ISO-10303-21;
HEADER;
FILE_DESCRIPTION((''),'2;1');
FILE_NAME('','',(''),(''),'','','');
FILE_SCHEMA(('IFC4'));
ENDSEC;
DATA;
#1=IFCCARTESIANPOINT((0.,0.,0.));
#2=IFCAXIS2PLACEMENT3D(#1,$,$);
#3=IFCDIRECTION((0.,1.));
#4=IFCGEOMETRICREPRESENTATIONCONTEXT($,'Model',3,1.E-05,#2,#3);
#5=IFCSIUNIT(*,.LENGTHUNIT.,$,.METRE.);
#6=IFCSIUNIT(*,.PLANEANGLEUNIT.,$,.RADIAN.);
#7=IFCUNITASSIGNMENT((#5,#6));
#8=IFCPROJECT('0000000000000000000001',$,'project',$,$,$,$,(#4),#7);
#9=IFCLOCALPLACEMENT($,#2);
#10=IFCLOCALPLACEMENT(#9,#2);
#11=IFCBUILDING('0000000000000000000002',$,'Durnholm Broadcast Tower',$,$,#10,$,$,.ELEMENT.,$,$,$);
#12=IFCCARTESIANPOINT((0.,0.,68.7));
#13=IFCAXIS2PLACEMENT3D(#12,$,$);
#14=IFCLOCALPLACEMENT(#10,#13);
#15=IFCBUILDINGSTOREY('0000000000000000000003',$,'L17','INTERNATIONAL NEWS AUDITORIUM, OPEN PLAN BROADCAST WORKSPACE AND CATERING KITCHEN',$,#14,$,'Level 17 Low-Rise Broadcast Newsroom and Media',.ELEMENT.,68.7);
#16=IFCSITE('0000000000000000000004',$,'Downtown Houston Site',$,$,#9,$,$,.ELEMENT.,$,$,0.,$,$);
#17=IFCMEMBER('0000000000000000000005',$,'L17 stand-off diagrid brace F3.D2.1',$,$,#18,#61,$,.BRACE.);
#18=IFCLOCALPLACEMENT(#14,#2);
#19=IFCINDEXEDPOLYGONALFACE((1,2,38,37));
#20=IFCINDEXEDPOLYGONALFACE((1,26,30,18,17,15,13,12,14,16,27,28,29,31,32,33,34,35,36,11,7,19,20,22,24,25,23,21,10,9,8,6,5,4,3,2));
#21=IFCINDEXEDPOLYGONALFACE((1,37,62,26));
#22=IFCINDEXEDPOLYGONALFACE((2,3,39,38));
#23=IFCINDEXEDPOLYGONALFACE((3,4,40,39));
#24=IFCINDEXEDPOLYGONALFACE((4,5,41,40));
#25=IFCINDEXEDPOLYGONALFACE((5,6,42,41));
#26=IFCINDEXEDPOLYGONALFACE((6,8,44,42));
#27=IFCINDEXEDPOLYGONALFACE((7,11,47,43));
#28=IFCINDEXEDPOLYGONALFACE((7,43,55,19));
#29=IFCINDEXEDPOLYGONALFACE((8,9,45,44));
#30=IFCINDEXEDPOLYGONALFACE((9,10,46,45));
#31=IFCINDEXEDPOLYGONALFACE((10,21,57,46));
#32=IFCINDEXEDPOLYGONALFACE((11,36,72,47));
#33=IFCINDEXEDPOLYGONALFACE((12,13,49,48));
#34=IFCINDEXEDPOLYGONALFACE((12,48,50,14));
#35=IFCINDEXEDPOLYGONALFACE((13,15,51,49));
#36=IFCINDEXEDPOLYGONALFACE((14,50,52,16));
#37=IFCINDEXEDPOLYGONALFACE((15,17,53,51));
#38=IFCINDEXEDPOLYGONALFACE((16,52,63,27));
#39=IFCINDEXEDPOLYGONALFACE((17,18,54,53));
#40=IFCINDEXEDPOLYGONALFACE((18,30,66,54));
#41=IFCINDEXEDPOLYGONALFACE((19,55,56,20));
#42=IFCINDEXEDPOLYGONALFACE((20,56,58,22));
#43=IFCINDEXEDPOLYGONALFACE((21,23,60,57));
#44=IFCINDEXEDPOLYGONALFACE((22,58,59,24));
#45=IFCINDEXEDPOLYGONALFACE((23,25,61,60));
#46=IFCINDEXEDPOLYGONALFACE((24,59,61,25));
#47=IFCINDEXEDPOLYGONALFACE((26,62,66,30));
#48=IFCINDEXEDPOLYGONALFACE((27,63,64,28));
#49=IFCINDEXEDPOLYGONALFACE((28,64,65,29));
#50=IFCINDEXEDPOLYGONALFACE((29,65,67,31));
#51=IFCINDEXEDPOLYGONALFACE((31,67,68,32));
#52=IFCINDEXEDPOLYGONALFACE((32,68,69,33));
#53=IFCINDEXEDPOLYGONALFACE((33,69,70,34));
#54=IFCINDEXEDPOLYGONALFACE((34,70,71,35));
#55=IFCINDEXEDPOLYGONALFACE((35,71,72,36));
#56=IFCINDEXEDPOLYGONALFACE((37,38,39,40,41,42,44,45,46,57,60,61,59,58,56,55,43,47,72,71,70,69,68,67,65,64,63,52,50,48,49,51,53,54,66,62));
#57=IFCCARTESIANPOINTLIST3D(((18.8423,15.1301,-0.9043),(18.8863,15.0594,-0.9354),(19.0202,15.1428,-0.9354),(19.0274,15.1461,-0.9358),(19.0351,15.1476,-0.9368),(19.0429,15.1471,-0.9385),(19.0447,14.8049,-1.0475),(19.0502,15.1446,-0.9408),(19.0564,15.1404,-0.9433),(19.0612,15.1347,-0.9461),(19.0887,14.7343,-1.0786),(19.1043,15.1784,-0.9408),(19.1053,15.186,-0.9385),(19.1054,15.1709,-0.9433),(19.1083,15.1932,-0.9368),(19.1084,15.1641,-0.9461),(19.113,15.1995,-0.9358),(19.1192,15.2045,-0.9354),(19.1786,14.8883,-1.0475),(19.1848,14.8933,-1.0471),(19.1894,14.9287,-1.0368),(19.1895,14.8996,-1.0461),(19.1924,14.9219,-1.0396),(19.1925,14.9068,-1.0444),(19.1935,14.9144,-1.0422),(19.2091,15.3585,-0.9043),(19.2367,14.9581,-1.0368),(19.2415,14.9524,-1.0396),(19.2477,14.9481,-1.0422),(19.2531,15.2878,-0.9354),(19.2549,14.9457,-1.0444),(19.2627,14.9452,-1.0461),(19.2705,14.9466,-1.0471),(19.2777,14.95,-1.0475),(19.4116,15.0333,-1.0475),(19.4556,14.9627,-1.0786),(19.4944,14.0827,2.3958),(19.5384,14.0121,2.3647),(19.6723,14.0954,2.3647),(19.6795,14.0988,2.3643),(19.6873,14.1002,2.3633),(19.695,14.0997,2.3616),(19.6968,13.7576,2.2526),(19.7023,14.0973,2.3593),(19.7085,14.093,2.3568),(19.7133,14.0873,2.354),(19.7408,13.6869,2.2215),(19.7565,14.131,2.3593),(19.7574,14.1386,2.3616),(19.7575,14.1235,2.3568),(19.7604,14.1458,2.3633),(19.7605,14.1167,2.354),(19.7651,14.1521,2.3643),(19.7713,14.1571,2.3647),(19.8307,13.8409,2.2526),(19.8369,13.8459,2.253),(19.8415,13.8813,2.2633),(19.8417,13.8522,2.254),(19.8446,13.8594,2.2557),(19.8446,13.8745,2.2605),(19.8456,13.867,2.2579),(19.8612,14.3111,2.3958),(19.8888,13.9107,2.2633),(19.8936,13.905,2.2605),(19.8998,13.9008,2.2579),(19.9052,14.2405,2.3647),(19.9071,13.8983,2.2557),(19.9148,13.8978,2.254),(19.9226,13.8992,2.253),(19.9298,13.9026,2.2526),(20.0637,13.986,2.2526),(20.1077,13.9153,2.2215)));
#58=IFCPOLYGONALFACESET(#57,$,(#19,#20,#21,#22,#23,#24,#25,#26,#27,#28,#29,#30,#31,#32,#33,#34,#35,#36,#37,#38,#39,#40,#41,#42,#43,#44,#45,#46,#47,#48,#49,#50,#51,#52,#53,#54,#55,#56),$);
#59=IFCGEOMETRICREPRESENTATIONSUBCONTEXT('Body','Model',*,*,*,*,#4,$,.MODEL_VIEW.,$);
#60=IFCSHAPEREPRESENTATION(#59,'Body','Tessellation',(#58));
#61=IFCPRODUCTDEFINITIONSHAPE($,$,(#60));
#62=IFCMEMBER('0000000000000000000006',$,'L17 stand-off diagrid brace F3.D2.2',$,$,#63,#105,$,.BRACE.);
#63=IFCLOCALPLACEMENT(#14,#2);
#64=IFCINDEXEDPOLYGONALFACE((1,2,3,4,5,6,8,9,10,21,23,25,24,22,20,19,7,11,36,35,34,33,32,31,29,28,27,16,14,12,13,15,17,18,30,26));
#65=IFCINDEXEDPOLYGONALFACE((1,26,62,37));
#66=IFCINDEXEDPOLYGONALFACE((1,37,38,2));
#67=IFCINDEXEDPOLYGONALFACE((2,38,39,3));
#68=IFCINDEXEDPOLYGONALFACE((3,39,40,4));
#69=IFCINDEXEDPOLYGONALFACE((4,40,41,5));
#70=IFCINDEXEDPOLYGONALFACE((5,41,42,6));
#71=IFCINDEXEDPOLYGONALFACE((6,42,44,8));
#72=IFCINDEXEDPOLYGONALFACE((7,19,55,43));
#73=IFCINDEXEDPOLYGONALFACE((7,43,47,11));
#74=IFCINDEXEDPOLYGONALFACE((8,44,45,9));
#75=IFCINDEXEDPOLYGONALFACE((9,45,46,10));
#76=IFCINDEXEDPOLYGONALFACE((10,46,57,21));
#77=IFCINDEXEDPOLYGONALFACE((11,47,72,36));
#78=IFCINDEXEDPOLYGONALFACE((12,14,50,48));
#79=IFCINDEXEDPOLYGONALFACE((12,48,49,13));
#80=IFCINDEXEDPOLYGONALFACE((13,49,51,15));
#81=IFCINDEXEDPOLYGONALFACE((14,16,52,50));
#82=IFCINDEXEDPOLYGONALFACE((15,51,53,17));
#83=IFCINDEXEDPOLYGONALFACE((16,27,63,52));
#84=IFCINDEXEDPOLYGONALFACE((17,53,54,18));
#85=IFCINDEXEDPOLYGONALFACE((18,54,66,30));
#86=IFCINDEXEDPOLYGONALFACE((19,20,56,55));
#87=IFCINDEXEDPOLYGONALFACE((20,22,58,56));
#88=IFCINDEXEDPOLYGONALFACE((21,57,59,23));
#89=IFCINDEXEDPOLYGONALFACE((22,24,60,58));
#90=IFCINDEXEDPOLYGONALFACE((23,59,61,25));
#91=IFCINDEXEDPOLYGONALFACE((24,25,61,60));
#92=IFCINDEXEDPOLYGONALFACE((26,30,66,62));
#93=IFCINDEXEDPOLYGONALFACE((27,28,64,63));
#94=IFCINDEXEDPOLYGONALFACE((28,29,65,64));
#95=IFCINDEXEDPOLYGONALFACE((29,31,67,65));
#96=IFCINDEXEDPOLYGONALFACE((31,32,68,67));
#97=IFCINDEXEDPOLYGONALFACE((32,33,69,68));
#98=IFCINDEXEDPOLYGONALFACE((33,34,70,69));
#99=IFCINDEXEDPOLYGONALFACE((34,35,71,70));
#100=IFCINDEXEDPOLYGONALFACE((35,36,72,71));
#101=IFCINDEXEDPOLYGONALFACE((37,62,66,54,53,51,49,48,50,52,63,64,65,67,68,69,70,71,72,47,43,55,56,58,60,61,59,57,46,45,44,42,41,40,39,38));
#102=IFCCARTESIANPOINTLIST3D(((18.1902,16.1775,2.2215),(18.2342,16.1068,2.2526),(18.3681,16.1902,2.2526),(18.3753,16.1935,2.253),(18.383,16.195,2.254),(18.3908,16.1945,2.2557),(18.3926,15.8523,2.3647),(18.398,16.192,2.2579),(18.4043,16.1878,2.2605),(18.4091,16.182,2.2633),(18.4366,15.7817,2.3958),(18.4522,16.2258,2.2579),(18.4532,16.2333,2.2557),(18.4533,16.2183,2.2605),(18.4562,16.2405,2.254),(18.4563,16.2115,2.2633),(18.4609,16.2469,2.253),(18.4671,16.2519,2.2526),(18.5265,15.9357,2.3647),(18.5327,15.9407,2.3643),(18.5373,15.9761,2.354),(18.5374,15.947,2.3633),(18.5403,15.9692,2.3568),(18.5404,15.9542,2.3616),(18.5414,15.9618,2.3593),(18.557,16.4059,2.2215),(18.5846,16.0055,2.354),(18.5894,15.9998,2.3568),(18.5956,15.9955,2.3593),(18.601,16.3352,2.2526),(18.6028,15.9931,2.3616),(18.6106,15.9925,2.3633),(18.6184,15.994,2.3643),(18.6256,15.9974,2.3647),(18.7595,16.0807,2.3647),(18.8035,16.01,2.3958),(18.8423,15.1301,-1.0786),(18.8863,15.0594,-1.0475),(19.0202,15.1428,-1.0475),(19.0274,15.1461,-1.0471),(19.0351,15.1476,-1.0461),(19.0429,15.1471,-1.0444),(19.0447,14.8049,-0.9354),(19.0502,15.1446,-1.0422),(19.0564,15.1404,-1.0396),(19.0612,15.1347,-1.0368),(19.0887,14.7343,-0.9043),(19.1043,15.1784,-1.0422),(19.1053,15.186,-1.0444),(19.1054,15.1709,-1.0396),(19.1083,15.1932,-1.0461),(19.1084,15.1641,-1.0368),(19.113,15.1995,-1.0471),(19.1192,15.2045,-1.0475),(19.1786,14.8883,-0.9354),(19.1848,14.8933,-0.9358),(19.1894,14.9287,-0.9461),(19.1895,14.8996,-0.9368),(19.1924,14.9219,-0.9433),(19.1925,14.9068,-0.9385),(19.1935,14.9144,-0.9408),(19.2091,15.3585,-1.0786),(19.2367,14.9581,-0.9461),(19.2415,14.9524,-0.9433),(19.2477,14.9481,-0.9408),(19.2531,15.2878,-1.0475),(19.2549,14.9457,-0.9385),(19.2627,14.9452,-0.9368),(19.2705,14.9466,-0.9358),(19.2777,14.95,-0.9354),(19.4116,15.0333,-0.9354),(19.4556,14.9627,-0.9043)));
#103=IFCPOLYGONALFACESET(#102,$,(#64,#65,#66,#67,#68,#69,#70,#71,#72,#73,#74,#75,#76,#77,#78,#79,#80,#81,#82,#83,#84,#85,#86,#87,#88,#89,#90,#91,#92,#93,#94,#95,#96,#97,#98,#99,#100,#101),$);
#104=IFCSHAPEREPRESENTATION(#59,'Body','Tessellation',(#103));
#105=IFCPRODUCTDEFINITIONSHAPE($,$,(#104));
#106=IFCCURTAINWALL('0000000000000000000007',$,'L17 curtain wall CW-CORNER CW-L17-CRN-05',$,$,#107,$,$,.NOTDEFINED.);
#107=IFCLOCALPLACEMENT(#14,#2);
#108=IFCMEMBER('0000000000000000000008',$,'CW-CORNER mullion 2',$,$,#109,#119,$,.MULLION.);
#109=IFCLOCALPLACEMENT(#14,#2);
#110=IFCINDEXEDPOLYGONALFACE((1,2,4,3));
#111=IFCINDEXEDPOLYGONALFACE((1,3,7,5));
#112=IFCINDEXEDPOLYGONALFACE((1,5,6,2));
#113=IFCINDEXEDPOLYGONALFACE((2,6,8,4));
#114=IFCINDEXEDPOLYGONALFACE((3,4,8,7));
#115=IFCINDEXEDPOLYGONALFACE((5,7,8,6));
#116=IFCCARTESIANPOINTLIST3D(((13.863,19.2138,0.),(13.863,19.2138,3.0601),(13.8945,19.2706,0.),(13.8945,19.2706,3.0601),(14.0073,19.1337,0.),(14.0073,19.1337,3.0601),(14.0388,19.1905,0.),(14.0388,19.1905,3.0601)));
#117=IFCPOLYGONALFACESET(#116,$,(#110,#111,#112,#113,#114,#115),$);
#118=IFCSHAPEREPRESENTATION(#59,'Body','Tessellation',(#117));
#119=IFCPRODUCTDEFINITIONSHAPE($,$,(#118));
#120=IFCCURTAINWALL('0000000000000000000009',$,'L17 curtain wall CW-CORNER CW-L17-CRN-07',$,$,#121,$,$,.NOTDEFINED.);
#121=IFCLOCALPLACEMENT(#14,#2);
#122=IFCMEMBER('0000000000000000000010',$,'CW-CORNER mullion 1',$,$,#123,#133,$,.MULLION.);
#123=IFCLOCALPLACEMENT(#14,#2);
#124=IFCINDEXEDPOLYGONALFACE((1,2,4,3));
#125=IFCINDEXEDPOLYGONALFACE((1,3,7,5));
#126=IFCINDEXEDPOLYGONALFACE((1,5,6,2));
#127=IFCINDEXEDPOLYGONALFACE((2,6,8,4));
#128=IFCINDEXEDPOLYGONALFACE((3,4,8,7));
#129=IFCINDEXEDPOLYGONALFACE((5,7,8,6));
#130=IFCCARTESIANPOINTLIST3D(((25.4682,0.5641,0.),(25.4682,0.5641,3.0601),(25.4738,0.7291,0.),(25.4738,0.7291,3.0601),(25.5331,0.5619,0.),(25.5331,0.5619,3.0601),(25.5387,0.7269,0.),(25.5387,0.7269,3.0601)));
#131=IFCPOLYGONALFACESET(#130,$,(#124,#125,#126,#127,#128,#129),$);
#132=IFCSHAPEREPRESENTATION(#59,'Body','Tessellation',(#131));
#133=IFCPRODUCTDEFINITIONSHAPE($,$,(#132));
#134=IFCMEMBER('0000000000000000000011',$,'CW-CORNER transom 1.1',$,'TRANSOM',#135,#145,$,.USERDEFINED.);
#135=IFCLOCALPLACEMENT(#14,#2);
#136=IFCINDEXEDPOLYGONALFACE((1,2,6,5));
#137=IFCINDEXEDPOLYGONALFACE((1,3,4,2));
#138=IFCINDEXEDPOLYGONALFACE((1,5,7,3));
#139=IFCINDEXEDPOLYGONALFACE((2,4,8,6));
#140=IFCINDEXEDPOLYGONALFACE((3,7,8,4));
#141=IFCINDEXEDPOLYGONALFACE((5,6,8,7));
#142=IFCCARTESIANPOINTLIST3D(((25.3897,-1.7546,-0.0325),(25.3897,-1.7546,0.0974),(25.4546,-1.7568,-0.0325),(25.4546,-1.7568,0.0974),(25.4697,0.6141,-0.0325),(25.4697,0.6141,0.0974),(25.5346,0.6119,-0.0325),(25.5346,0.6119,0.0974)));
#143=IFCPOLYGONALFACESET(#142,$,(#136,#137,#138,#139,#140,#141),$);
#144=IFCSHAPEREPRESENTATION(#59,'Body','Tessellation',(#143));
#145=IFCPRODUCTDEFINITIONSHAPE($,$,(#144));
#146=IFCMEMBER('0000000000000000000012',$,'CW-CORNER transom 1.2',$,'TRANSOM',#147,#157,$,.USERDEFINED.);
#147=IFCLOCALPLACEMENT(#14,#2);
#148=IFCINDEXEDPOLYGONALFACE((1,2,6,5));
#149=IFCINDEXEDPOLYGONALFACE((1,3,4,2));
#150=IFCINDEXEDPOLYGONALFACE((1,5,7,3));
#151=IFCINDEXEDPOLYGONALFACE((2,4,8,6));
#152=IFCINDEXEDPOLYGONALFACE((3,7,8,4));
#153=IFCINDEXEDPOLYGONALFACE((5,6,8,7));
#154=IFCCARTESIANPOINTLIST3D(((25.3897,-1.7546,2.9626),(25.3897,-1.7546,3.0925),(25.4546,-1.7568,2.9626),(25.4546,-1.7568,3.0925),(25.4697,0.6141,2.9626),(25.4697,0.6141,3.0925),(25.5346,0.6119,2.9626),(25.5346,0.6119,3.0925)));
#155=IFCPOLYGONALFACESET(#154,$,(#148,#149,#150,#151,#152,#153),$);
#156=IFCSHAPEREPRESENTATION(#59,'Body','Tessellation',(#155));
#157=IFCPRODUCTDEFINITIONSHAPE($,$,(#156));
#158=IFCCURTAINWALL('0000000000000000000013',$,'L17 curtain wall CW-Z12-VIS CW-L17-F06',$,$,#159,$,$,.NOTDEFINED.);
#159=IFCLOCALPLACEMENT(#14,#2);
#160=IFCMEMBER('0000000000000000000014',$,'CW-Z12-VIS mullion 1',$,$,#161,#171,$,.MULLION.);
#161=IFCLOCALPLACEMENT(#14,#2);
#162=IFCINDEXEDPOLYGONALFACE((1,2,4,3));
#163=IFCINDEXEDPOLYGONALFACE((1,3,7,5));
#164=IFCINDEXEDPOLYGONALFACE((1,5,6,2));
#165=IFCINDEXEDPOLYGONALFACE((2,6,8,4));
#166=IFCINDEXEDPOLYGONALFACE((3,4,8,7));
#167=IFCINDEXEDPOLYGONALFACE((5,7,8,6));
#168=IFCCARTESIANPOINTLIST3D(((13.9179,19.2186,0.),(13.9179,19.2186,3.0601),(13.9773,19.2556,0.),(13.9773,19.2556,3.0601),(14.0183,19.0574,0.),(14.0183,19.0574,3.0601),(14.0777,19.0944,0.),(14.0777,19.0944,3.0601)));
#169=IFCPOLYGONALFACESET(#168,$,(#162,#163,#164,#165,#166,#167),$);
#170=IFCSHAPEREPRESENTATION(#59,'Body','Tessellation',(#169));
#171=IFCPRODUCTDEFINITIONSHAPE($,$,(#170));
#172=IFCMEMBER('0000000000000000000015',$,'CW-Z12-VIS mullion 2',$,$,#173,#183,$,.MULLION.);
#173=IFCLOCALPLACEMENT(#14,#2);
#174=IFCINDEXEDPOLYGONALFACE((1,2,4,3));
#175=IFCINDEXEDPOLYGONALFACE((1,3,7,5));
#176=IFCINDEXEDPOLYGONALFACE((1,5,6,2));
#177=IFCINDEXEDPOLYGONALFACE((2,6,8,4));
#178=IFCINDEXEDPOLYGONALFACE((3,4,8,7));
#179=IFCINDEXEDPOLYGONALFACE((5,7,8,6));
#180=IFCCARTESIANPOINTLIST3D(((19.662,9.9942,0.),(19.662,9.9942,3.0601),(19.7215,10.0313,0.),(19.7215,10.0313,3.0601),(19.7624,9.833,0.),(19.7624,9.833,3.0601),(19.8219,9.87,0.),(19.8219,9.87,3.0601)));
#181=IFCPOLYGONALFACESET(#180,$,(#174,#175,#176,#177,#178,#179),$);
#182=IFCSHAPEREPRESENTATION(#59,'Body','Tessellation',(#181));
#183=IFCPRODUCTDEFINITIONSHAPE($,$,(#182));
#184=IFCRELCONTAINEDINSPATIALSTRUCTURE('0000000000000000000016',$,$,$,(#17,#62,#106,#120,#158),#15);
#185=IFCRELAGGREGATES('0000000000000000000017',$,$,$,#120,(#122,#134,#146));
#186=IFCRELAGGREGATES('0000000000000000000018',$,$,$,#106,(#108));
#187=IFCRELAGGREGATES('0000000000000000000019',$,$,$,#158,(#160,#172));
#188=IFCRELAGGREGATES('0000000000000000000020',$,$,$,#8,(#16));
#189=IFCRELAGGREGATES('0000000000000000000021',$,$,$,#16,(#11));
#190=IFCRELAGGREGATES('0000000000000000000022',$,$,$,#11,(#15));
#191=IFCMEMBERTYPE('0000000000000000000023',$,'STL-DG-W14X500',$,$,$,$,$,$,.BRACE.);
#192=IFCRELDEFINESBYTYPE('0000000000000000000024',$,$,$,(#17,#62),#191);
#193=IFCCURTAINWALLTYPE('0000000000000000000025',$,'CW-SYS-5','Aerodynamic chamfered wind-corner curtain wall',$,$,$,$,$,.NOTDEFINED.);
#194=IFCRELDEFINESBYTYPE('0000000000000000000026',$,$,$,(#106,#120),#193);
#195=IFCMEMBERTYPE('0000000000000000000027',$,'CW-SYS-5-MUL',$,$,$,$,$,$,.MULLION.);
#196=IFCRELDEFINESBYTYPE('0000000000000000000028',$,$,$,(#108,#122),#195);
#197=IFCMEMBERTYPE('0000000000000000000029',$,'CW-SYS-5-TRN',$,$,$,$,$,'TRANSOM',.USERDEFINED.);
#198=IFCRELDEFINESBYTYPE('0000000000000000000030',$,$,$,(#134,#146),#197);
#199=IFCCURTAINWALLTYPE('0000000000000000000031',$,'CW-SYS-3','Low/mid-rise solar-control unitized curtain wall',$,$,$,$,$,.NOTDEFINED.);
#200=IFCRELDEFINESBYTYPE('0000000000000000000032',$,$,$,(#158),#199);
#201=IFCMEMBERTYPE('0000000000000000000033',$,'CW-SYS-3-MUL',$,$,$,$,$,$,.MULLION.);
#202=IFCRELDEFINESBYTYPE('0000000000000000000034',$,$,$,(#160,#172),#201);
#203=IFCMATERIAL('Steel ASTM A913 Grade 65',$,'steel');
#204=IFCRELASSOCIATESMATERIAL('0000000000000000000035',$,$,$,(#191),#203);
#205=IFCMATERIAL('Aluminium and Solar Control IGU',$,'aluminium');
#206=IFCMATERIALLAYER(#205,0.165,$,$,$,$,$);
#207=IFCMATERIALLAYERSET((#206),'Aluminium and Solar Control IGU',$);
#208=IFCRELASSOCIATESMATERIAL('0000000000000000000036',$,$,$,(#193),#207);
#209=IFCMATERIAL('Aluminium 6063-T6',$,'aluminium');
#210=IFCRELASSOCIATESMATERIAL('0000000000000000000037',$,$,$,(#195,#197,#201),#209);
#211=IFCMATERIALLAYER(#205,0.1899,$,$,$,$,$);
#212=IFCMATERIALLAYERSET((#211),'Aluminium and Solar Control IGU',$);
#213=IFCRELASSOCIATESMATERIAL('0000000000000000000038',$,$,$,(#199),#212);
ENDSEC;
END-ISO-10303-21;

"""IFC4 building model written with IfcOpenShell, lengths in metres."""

from ifc_helpers import new_model, si_unit, direction, frame, origin, origin_2d, place, context, subcontext, project, spatial, rectangle, i_section, extrude, source, transform, mapped, material, layer, layer_set, material_profile, profile_set, type_object, type_shapes, element, aggregate, save


model = new_model("IFC4")

# Units and contexts
model_context = context("Model", 3, precision=1e-05, world=origin(), true_north=direction((0.0, 1.0)))
body_context = subcontext(model_context, "Body", "Model", "MODEL_VIEW")
ifc_project = project(units=[si_unit("LENGTHUNIT", "METRE"), si_unit("PLANEANGLEUNIT", "RADIAN")], contexts=[model_context])

# Site, building, storey
site_placement = place(None, origin())
site = spatial("IfcSite", under=ifc_project, at=site_placement, Name="Downtown Houston Site", CompositionType="ELEMENT", RefElevation=0.0)
building_placement = place(site_placement, origin())
building = spatial("IfcBuilding", under=site, at=building_placement, Name="Durnholm Broadcast Tower", CompositionType="ELEMENT")
storey_placement = place(building_placement, frame((0.0, 0.0, 68.7)))
storey = spatial("IfcBuildingStorey", under=building, at=storey_placement, Name="L17", Description="INTERNATIONAL NEWS AUDITORIUM, OPEN PLAN BROADCAST WORKSPACE AND CATERING KITCHEN", LongName="Level 17 Low-Rise Broadcast Newsroom and Media", CompositionType="ELEMENT", Elevation=68.7)

# Members
ifc_material_1 = material(Name="Steel ASTM A913 Grade 65", Category="steel")
ifc_material_profile_1 = material_profile(ifc_material_1, i_section(OverallWidth=0.4321, OverallDepth=0.4978, WebThickness=0.0557, FlangeThickness=0.0889, FilletRadius=0.0305, at=origin_2d()), Name="W14X500")
ifc_profile_set_1 = profile_set([ifc_material_profile_1], Name="Steel ASTM A913 Grade 65")
member_type_1 = type_object("IfcMemberType", Name="STL-DG-W14X500", PredefinedType="BRACE", material=ifc_profile_set_1)
shared_shape_1 = source(origin(), body_context, "Body", "SweptSolid", [
    extrude(i_section(OverallWidth=0.4321, OverallDepth=0.4978, WebThickness=0.0557, FlangeThickness=0.0889, FilletRadius=0.0305, at=origin_2d()), origin(), (0.0, 0.0, 1.0), 3.5232),
])
type_shapes(member_type_1, [shared_shape_1])
for number, where, z_axis, x_axis, name in (
    (1, (19.1489, 15.0464, -0.9915), (0.18509, -0.297281, 0.936678), (0.848909, 0.52854, 0.0), "L17 stand-off diagrid brace F3.D2.1"),
    (2, (19.1489, 15.0464, -0.9915), (-0.18509, 0.297281, 0.936678), (-0.848909, -0.52854, 0.0), "L17 stand-off diagrid brace F3.D2.2"),
):
    element("IfcMember", number, at=place(storey_placement, frame(where, z_axis=z_axis, x_axis=x_axis)), inside=storey, type_object=member_type_1, Name=name, PredefinedType="BRACE", context=body_context, shape_type="MappedRepresentation", body=[
        mapped(shared_shape_1, transform((0.0, 0.0, 0.0), x_axis=(1.0, 0.0, 0.0), y_axis=(0.0, 1.0, 0.0), z_axis=(0.0, 0.0, 1.0), scale=1.0)),
    ])

# Curtain wall, member
ifc_material_2 = material(Name="Aluminium and Solar Control IGU", Category="aluminium")
ifc_layer_1 = layer(ifc_material_2, 0.165)
ifc_layer_set_1 = layer_set([ifc_layer_1], Name="Aluminium and Solar Control IGU")
curtain_wall_type_1 = type_object("IfcCurtainWallType", Name="CW-SYS-5", Description="Aerodynamic chamfered wind-corner curtain wall", PredefinedType="NOTDEFINED", material=ifc_layer_set_1)
curtain_wall_1_placement = place(storey_placement, origin())
curtain_wall_1 = element("IfcCurtainWall", 3, at=curtain_wall_1_placement, inside=storey, type_object=curtain_wall_type_1, Name="L17 curtain wall CW-CORNER CW-L17-CRN-05", PredefinedType="NOTDEFINED")
ifc_material_3 = material(Name="Aluminium 6063-T6", Category="aluminium")
ifc_material_profile_2 = material_profile(ifc_material_3, rectangle(XDim=0.0649, YDim=0.165, at=origin_2d()), Name="CWM65X165")
ifc_profile_set_2 = profile_set([ifc_material_profile_2], Name="Aluminium 6063-T6")
member_type_2 = type_object("IfcMemberType", Name="CW-SYS-5-MUL", PredefinedType="MULLION", material=ifc_profile_set_2)
shared_shape_2 = source(origin(), body_context, "Body", "SweptSolid", [
    extrude(rectangle(XDim=0.0649, YDim=0.165, at=origin_2d()), origin(), (0.0, 0.0, 1.0), 3.0601),
])
type_shapes(member_type_2, [shared_shape_2])
member_1_placement = place(storey_placement, frame((13.9509, 19.2021, 0.0), z_axis=(0.0, 0.0, 1.0), x_axis=(0.485483, 0.874246, 0.0)))
member_1 = element("IfcMember", 4, at=member_1_placement, type_object=member_type_2, Name="CW-CORNER mullion 2", PredefinedType="MULLION", context=body_context, shape_type="MappedRepresentation", body=[
    mapped(shared_shape_2, transform((0.0, 0.0, 0.0), x_axis=(1.0, 0.0, 0.0), y_axis=(0.0, 1.0, 0.0), z_axis=(0.0, 0.0, 1.0), scale=1.0)),
])

# Curtain walls, members
curtain_wall_2_placement = place(storey_placement, origin())
curtain_wall_2 = element("IfcCurtainWall", 5, at=curtain_wall_2_placement, inside=storey, type_object=curtain_wall_type_1, Name="L17 curtain wall CW-CORNER CW-L17-CRN-07", PredefinedType="NOTDEFINED")
member_2_placement = place(storey_placement, frame((25.5034, 0.6455, 0.0), z_axis=(0.0, 0.0, 1.0), x_axis=(0.999427, -0.03384, 0.0)))
member_2 = element("IfcMember", 6, at=member_2_placement, type_object=member_type_2, Name="CW-CORNER mullion 1", PredefinedType="MULLION", context=body_context, shape_type="MappedRepresentation", body=[
    mapped(shared_shape_2, transform((0.0, 0.0, 0.0), x_axis=(1.0, 0.0, 0.0), y_axis=(0.0, 1.0, 0.0), z_axis=(0.0, 0.0, 1.0), scale=1.0)),
])
ifc_material_profile_3 = material_profile(ifc_material_3, rectangle(XDim=0.0649, YDim=0.1299, at=origin_2d()), Name="CWT65X130")
ifc_profile_set_3 = profile_set([ifc_material_profile_3], Name="Aluminium 6063-T6")
member_type_3 = type_object("IfcMemberType", Name="CW-SYS-5-TRN", ElementType="TRANSOM", PredefinedType="USERDEFINED", material=ifc_profile_set_3)
shared_shape_3 = source(origin(), body_context, "Body", "SweptSolid", [
    extrude(rectangle(XDim=0.0649, YDim=0.1299, at=origin_2d()), origin(), (0.0, 0.0, 1.0), 2.3701),
])
type_shapes(member_type_3, [shared_shape_3])
member_3_placement = place(storey_placement, frame((25.5022, 0.613, 0.0325), z_axis=(-0.033788, -0.999429, 0.0), x_axis=(0.999429, -0.033788, 0.0)))
member_3 = element("IfcMember", 7, at=member_3_placement, type_object=member_type_3, Name="CW-CORNER transom 1.1", ObjectType="TRANSOM", PredefinedType="USERDEFINED", context=body_context, shape_type="MappedRepresentation", body=[
    mapped(shared_shape_3, transform((0.0, 0.0, 0.0), x_axis=(1.0, 0.0, 0.0), y_axis=(0.0, 1.0, 0.0), z_axis=(0.0, 0.0, 1.0), scale=1.0)),
])
member_4_placement = place(storey_placement, frame((25.5022, 0.613, 3.0276), z_axis=(-0.033788, -0.999429, 0.0), x_axis=(0.999429, -0.033788, 0.0)))
member_4 = element("IfcMember", 8, at=member_4_placement, type_object=member_type_3, Name="CW-CORNER transom 1.2", ObjectType="TRANSOM", PredefinedType="USERDEFINED", context=body_context, shape_type="MappedRepresentation", body=[
    mapped(shared_shape_3, transform((0.0, 0.0, 0.0), x_axis=(1.0, 0.0, 0.0), y_axis=(0.0, 1.0, 0.0), z_axis=(0.0, 0.0, 1.0), scale=1.0)),
])
aggregate(curtain_wall_2, [member_2, member_3, member_4])
ifc_layer_2 = layer(ifc_material_2, 0.1899)
ifc_layer_set_2 = layer_set([ifc_layer_2], Name="Aluminium and Solar Control IGU")
curtain_wall_type_2 = type_object("IfcCurtainWallType", Name="CW-SYS-3", Description="Low/mid-rise solar-control unitized curtain wall", PredefinedType="NOTDEFINED", material=ifc_layer_set_2)
curtain_wall_3_placement = place(storey_placement, origin())
curtain_wall_3 = element("IfcCurtainWall", 9, at=curtain_wall_3_placement, inside=storey, type_object=curtain_wall_type_2, Name="L17 curtain wall CW-Z12-VIS CW-L17-F06", PredefinedType="NOTDEFINED")
ifc_material_profile_4 = material_profile(ifc_material_3, rectangle(XDim=0.0701, YDim=0.1899, at=origin_2d()), Name="CWM70X190")
ifc_profile_set_4 = profile_set([ifc_material_profile_4], Name="Aluminium 6063-T6")
member_type_4 = type_object("IfcMemberType", Name="CW-SYS-3-MUL", PredefinedType="MULLION", material=ifc_profile_set_4)
shared_shape_4 = source(origin(), body_context, "Body", "SweptSolid", [
    extrude(rectangle(XDim=0.0701, YDim=0.1899, at=origin_2d()), origin(), (0.0, 0.0, 1.0), 3.0601),
])
type_shapes(member_type_4, [shared_shape_4])
member_5_placement = place(storey_placement, frame((13.9978, 19.1565, 0.0), z_axis=(0.0, 0.0, 1.0), x_axis=(0.848876, 0.528592, 0.0)))
member_5 = element("IfcMember", 10, at=member_5_placement, type_object=member_type_4, Name="CW-Z12-VIS mullion 1", PredefinedType="MULLION", context=body_context, shape_type="MappedRepresentation", body=[
    mapped(shared_shape_4, transform((0.0, 0.0, 0.0), x_axis=(1.0, 0.0, 0.0), y_axis=(0.0, 1.0, 0.0), z_axis=(0.0, 0.0, 1.0), scale=1.0)),
])
member_6_placement = place(storey_placement, frame((19.7419, 9.9321, 0.0), z_axis=(0.0, 0.0, 1.0), x_axis=(0.848876, 0.528592, 0.0)))
member_6 = element("IfcMember", 11, at=member_6_placement, type_object=member_type_4, Name="CW-Z12-VIS mullion 2", PredefinedType="MULLION", context=body_context, shape_type="MappedRepresentation", body=[
    mapped(shared_shape_4, transform((0.0, 0.0, 0.0), x_axis=(1.0, 0.0, 0.0), y_axis=(0.0, 1.0, 0.0), z_axis=(0.0, 0.0, 1.0), scale=1.0)),
])

aggregate(curtain_wall_1, [member_1])
aggregate(curtain_wall_3, [member_5, member_6])

save(model, "model.ifc")
